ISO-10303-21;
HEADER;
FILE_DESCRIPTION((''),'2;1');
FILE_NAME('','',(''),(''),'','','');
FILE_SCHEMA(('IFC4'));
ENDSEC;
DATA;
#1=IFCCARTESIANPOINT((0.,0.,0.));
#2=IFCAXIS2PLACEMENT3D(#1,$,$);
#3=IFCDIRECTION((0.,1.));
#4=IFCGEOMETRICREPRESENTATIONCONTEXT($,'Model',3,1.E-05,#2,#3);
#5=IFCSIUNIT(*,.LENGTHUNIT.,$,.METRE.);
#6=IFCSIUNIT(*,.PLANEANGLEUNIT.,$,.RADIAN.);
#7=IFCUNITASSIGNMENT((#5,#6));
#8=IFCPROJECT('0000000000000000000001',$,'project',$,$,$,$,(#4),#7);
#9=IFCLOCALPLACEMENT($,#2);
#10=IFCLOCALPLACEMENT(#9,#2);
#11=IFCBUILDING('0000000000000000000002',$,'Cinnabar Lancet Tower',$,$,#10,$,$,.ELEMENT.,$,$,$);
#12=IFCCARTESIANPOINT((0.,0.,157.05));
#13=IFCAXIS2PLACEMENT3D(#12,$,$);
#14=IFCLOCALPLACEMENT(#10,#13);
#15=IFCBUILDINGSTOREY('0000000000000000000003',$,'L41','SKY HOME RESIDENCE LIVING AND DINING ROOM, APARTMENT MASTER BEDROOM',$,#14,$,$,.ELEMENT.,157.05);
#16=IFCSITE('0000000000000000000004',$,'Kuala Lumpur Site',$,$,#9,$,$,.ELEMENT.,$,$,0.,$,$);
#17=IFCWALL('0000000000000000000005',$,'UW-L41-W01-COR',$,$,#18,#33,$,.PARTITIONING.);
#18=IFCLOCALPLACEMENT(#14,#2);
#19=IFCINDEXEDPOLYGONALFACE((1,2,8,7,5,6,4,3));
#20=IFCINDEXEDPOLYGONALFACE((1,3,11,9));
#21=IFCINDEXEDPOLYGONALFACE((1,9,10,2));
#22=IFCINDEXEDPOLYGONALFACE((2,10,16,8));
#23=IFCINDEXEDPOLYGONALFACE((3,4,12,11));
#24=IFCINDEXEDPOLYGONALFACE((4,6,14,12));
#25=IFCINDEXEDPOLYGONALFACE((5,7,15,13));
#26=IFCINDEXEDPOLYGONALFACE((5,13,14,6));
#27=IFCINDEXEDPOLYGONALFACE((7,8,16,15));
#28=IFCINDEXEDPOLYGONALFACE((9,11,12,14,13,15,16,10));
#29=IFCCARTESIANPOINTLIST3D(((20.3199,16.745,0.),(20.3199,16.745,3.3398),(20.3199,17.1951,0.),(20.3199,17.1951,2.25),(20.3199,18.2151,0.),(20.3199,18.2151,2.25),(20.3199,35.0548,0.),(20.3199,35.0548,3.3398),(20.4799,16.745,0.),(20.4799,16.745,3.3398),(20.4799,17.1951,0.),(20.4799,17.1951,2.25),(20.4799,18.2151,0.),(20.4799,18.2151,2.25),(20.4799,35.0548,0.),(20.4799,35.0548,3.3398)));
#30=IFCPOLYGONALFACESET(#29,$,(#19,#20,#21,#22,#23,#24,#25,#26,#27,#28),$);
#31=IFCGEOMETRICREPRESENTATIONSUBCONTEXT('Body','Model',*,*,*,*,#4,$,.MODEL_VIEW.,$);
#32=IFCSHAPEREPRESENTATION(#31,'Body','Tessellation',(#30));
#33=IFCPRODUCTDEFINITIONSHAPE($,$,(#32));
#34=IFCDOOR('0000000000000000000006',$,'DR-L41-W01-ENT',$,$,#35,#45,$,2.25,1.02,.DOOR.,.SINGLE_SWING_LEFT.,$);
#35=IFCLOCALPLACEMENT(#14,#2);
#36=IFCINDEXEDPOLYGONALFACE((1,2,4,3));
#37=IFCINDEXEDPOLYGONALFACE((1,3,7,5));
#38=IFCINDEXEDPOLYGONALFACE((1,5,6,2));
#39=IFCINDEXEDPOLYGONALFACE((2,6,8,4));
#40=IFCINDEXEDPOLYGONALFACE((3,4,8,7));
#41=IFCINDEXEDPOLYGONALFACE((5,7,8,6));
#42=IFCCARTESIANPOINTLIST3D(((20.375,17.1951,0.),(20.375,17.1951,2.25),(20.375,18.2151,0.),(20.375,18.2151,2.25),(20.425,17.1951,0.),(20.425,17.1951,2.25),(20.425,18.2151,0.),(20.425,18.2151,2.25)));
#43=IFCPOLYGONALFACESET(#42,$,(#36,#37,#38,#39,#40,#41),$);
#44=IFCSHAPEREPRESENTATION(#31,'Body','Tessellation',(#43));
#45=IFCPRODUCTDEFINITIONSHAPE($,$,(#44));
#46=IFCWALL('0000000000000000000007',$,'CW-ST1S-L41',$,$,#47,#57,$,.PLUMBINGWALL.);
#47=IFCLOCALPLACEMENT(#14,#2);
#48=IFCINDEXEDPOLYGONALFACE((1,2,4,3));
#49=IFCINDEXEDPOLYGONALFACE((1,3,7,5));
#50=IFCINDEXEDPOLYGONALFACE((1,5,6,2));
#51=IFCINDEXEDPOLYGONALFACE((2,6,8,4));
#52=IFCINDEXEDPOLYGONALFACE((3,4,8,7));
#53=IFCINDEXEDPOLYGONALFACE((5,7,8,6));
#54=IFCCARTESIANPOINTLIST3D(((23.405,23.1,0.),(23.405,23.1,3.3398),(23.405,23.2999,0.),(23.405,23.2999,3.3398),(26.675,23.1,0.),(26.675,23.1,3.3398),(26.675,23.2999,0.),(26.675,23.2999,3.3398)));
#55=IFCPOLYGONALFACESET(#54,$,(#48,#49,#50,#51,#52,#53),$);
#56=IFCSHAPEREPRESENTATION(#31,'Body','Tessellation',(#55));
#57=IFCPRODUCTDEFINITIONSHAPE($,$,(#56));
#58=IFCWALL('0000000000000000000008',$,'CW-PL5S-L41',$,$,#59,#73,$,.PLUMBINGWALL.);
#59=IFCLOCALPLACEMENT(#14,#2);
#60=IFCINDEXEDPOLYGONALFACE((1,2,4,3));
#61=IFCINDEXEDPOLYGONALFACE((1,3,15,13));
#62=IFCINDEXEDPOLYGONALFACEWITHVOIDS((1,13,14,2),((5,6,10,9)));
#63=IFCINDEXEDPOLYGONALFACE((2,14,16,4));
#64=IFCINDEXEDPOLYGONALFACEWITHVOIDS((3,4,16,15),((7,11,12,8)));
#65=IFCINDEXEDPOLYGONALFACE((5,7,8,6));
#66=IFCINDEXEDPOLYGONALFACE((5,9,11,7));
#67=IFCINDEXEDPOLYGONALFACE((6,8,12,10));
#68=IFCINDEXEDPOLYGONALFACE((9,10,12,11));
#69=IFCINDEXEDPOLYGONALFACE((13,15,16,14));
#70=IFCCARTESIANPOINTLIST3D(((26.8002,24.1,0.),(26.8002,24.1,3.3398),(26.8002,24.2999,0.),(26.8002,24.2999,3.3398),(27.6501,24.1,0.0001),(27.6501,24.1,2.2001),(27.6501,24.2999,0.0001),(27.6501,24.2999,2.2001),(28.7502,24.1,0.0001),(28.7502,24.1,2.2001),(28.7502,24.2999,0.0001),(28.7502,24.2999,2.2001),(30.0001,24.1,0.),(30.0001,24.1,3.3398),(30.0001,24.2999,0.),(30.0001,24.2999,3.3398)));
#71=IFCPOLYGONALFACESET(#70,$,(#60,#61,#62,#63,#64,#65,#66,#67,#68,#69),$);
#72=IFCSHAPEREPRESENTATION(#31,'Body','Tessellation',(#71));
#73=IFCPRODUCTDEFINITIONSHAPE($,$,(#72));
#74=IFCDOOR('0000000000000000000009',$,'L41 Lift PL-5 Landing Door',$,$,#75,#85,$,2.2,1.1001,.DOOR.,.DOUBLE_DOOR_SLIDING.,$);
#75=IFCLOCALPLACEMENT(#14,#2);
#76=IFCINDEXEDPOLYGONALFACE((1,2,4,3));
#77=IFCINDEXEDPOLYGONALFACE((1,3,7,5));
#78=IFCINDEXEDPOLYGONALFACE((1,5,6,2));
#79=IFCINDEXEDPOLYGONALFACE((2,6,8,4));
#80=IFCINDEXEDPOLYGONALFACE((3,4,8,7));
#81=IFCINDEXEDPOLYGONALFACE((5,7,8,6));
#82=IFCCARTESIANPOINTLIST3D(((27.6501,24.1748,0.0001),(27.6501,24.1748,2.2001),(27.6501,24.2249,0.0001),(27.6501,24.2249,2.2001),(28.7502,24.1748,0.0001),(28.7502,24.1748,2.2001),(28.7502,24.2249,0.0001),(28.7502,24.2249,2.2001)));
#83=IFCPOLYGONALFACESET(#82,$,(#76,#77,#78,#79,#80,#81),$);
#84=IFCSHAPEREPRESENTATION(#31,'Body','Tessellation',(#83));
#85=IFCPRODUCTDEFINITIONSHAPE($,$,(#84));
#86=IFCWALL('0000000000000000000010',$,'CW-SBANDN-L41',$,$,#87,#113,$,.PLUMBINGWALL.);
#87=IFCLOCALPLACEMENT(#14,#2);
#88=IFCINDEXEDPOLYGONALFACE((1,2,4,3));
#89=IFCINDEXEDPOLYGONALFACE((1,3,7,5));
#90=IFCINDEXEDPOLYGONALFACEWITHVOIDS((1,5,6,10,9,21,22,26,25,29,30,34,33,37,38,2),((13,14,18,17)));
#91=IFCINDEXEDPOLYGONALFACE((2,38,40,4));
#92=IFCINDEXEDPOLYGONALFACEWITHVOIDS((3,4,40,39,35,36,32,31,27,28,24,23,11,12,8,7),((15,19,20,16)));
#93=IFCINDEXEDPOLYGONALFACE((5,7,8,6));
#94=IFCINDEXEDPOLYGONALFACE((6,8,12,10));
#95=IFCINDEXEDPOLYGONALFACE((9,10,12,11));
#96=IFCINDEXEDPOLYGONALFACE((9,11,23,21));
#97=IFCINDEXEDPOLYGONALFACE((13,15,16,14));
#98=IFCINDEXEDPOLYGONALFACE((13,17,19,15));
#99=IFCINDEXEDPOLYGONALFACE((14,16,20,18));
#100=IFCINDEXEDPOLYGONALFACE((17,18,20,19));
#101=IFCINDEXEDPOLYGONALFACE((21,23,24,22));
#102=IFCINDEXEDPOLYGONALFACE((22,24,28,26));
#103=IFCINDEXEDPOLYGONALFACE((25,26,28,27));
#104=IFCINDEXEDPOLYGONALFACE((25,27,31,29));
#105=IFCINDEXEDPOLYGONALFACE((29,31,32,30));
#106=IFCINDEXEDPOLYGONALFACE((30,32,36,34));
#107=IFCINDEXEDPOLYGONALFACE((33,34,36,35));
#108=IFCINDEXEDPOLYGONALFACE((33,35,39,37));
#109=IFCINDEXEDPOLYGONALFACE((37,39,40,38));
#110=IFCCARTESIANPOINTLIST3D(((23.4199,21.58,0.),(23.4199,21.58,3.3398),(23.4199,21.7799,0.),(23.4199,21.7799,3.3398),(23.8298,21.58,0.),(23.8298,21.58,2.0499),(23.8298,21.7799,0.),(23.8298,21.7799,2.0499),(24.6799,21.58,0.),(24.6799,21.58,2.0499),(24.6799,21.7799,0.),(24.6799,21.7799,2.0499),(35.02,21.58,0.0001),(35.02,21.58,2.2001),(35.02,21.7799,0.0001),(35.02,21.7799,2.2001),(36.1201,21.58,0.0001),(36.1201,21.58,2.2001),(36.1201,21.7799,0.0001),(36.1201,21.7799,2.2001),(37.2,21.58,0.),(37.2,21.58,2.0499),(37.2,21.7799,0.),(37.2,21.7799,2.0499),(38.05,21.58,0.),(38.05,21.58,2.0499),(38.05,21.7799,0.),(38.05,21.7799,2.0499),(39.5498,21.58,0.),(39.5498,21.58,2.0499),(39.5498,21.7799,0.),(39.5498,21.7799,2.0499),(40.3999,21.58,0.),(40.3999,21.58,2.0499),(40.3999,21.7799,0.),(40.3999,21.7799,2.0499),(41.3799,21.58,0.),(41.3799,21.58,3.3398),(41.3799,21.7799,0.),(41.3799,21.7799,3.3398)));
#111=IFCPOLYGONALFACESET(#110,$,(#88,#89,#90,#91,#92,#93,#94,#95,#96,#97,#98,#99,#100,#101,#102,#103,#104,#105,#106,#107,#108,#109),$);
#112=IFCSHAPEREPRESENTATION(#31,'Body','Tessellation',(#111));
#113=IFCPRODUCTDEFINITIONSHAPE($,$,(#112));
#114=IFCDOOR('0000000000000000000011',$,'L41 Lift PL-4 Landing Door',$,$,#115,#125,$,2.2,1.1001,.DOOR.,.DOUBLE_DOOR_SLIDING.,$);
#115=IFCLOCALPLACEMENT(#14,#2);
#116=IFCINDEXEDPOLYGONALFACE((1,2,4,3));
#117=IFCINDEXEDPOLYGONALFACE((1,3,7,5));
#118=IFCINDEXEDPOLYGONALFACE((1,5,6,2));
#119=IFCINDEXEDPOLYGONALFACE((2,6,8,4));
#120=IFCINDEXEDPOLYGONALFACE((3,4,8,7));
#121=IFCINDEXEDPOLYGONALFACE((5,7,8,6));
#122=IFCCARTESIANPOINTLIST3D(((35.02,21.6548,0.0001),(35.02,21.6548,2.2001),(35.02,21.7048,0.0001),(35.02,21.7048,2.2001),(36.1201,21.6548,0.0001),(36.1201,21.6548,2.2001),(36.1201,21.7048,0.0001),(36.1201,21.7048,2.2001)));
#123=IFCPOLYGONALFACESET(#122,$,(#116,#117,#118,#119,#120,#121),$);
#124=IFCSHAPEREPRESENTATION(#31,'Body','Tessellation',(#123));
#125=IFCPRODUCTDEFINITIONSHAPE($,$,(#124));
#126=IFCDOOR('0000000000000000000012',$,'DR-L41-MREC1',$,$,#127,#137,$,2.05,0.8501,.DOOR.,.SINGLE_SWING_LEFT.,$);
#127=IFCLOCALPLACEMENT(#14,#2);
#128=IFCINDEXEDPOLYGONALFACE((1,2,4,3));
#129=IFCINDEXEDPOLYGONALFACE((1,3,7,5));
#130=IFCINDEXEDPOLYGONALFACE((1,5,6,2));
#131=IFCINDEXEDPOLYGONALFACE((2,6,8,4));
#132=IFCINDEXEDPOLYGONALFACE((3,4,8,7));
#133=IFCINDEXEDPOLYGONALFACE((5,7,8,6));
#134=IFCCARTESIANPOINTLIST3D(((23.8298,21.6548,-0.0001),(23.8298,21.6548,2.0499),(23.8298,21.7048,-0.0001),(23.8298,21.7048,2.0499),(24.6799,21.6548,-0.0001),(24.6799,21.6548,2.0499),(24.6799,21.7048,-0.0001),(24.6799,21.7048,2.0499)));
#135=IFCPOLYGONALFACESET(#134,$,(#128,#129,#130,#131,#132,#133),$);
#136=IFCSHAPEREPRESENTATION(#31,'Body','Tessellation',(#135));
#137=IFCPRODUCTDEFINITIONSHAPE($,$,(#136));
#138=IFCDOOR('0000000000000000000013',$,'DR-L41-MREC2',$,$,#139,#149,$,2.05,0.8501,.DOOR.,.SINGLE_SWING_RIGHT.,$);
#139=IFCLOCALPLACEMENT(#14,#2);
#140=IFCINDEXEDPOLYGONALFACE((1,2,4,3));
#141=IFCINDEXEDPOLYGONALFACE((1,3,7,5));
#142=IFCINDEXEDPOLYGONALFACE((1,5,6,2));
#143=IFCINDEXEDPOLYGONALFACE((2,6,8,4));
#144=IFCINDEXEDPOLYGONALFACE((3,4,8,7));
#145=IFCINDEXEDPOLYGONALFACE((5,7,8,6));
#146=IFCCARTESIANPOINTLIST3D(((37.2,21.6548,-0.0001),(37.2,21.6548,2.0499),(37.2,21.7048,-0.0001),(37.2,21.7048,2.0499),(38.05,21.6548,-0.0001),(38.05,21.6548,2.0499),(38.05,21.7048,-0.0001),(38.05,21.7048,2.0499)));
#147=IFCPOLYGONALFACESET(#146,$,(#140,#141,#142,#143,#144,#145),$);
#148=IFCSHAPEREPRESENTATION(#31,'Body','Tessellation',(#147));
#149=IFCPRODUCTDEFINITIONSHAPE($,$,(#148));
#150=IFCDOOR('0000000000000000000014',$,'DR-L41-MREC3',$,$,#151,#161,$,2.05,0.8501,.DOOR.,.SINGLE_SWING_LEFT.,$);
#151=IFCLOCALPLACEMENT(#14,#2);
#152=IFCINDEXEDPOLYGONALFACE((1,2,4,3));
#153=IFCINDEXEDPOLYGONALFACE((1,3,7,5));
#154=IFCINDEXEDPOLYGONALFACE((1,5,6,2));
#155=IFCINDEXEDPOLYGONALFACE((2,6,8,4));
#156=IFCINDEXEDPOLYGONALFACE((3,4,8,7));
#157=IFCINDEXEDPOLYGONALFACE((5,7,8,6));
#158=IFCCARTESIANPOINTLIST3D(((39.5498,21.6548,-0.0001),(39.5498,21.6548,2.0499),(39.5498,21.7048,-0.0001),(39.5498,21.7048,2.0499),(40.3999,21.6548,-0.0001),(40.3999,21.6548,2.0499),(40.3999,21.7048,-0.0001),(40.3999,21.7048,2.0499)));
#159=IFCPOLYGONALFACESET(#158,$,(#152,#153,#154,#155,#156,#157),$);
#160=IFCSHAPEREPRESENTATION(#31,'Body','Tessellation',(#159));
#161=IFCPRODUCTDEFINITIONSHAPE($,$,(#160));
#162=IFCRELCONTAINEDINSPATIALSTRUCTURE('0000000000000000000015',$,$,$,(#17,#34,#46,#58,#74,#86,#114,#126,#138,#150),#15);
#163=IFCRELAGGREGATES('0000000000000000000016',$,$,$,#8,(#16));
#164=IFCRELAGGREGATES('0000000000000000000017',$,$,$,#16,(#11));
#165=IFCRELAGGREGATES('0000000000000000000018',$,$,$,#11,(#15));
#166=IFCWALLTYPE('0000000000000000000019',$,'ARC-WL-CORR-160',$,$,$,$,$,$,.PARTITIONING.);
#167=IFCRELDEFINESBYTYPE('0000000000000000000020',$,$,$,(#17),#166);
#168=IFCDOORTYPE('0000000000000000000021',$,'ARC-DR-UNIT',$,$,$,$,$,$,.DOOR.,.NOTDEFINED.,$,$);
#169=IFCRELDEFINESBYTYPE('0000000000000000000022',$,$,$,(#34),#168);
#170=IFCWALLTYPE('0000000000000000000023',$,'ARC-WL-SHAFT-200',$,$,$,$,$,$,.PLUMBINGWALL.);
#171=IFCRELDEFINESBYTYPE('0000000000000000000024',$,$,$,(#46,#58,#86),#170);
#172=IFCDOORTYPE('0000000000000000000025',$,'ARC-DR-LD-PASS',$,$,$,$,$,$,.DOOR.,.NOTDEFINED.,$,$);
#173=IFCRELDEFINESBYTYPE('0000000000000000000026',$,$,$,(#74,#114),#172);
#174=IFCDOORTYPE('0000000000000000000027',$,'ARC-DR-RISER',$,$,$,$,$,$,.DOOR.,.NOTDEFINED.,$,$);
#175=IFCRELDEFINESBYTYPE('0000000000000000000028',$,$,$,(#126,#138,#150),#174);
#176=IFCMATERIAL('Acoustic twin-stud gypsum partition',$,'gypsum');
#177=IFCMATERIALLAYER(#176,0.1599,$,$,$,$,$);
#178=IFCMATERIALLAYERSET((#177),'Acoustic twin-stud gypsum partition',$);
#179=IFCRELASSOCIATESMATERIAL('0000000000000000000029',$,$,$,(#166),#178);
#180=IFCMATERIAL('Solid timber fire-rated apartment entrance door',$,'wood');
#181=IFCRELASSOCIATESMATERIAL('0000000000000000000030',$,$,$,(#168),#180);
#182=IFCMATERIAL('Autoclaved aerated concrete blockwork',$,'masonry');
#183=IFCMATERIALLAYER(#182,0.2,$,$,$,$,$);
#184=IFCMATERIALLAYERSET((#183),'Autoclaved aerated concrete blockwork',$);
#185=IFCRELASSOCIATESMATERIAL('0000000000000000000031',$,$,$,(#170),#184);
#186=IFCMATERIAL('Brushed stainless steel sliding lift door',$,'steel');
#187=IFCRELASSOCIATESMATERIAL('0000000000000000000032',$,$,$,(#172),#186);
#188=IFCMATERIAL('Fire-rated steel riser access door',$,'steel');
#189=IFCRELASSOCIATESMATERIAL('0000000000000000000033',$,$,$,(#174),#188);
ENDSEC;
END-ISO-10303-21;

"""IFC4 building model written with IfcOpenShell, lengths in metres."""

from ifc_helpers import new_model, si_unit, direction, frame, frame_2d, origin, place, context, subcontext, project, spatial, rectangle, extrude, material, layer, layer_set, type_object, element, fill, save


model = new_model("IFC4")

# Units and contexts
model_context = context("Model", 3, precision=1e-05, world=origin(), true_north=direction((0.0, 1.0)))
body_context = subcontext(model_context, "Body", "Model", "MODEL_VIEW")
ifc_project = project(units=[si_unit("LENGTHUNIT", "METRE"), si_unit("PLANEANGLEUNIT", "RADIAN")], contexts=[model_context])

# Site, building, storey
site_placement = place(None, origin())
site = spatial("IfcSite", under=ifc_project, at=site_placement, Name="Kuala Lumpur Site", CompositionType="ELEMENT", RefElevation=0.0)
building_placement = place(site_placement, origin())
building = spatial("IfcBuilding", under=site, at=building_placement, Name="Cinnabar Lancet Tower", CompositionType="ELEMENT")
storey_placement = place(building_placement, frame((0.0, 0.0, 157.05)))
storey = spatial("IfcBuildingStorey", under=building, at=storey_placement, Name="L41", Description="SKY HOME RESIDENCE LIVING AND DINING ROOM, APARTMENT MASTER BEDROOM", CompositionType="ELEMENT", Elevation=157.05)

# Wall, opening, door
ifc_material_1 = material(Name="Acoustic twin-stud gypsum partition", Category="gypsum")
ifc_layer_1 = layer(ifc_material_1, 0.1599)
ifc_layer_set_1 = layer_set([ifc_layer_1], Name="Acoustic twin-stud gypsum partition")
wall_type_1 = type_object("IfcWallType", Name="ARC-WL-CORR-160", PredefinedType="PARTITIONING", material=ifc_layer_set_1)
wall_1_placement = place(storey_placement, frame((20.3999, 16.7451, 0.0), z_axis=(0.0, 0.0, 1.0), x_axis=(0.0, 1.0, 0.0)))
wall_1 = element("IfcWall", 1, at=wall_1_placement, inside=storey, type_object=wall_type_1, Name="UW-L41-W01-COR", PredefinedType="PARTITIONING", context=body_context, shape_type="SweptSolid", body=[
    extrude(rectangle(XDim=18.3098, YDim=0.1599, at=frame_2d((9.1548, 0.0))), origin(), (0.0, 0.0, 1.0), 3.3398),
])
opening_1_placement = place(wall_1_placement, frame((0.45, 0.0, 0.0)))
opening_1 = element("IfcOpeningElement", 2, at=opening_1_placement, cuts=wall_1, PredefinedType="OPENING", context=body_context, shape_type="SweptSolid", body=[
    extrude(rectangle(XDim=1.02, YDim=2.25, at=frame_2d((0.51, 1.125))), frame((0.0, 0.0898, 0.0), z_axis=(0.0, -1.0, 0.0), x_axis=(1.0, 0.0, 0.0)), (0.0, 0.0, 1.0), 0.1799),
])
ifc_material_2 = material(Name="Solid timber fire-rated apartment entrance door", Category="wood")
door_type_1 = type_object("IfcDoorType", Name="ARC-DR-UNIT", OperationType="NOTDEFINED", PredefinedType="DOOR", material=ifc_material_2)
door_1_placement = place(opening_1_placement, origin())
door_1 = element("IfcDoor", 3, at=door_1_placement, inside=storey, type_object=door_type_1, Name="DR-L41-W01-ENT", OperationType="SINGLE_SWING_LEFT", OverallHeight=2.25, OverallWidth=1.02, PredefinedType="DOOR", context=body_context, shape_type="SweptSolid", body=[
    extrude(rectangle(XDim=1.02, YDim=2.25, at=frame_2d((0.51, 1.125))), frame((0.0, 0.0249, 0.0), z_axis=(0.0, -1.0, 0.0), x_axis=(1.0, 0.0, 0.0)), (0.0, 0.0, 1.0), 0.05),
])
fill(opening_1, door_1)

# Wall
ifc_material_3 = material(Name="Autoclaved aerated concrete blockwork", Category="masonry")
ifc_layer_2 = layer(ifc_material_3, 0.2)
ifc_layer_set_2 = layer_set([ifc_layer_2], Name="Autoclaved aerated concrete blockwork")
wall_type_2 = type_object("IfcWallType", Name="ARC-WL-SHAFT-200", PredefinedType="PLUMBINGWALL", material=ifc_layer_set_2)
wall_2_placement = place(storey_placement, frame((23.405, 23.2, 0.0), z_axis=(0.0, 0.0, 1.0), x_axis=(1.0, 0.0, 0.0)))
element("IfcWall", 4, at=wall_2_placement, inside=storey, type_object=wall_type_2, Name="CW-ST1S-L41", PredefinedType="PLUMBINGWALL", context=body_context, shape_type="SweptSolid", body=[
    extrude(rectangle(XDim=3.27, YDim=0.2, at=frame_2d((1.635, 0.0))), origin(), (0.0, 0.0, 1.0), 3.3398),
])

# Wall, opening, door
wall_3_placement = place(storey_placement, frame((26.8, 24.2, 0.0), z_axis=(0.0, 0.0, 1.0), x_axis=(1.0, 0.0, 0.0)))
wall_3 = element("IfcWall", 5, at=wall_3_placement, inside=storey, type_object=wall_type_2, Name="CW-PL5S-L41", PredefinedType="PLUMBINGWALL", context=body_context, shape_type="SweptSolid", body=[
    extrude(rectangle(XDim=3.2, YDim=0.2, at=frame_2d((1.6001, 0.0))), origin(), (0.0, 0.0, 1.0), 3.3398),
])
opening_2_placement = place(wall_3_placement, frame((0.8501, 0.0, 0.0)))
opening_2 = element("IfcOpeningElement", 6, at=opening_2_placement, cuts=wall_3, PredefinedType="OPENING", context=body_context, shape_type="SweptSolid", body=[
    extrude(rectangle(XDim=1.1001, YDim=2.2, at=frame_2d((0.55, 1.1001))), frame((0.0, 0.1099, 0.0), z_axis=(0.0, -1.0, 0.0), x_axis=(1.0, 0.0, 0.0)), (0.0, 0.0, 1.0), 0.22),
])
ifc_material_4 = material(Name="Brushed stainless steel sliding lift door", Category="steel")
door_type_2 = type_object("IfcDoorType", Name="ARC-DR-LD-PASS", OperationType="NOTDEFINED", PredefinedType="DOOR", material=ifc_material_4)
door_2_placement = place(opening_2_placement, origin())
door_2 = element("IfcDoor", 7, at=door_2_placement, inside=storey, type_object=door_type_2, Name="L41 Lift PL-5 Landing Door", OperationType="DOUBLE_DOOR_SLIDING", OverallHeight=2.2, OverallWidth=1.1001, PredefinedType="DOOR", context=body_context, shape_type="SweptSolid", body=[
    extrude(rectangle(XDim=1.1001, YDim=2.2, at=frame_2d((0.55, 1.1001))), frame((0.0, 0.0249, 0.0), z_axis=(0.0, -1.0, 0.0), x_axis=(1.0, 0.0, 0.0)), (0.0, 0.0, 1.0), 0.05),
])
fill(opening_2, door_2)

# Wall, openings, doors
wall_4_placement = place(storey_placement, frame((23.4199, 21.6799, 0.0), z_axis=(0.0, 0.0, 1.0), x_axis=(1.0, 0.0, 0.0)))
wall_4 = element("IfcWall", 8, at=wall_4_placement, inside=storey, type_object=wall_type_2, Name="CW-SBANDN-L41", PredefinedType="PLUMBINGWALL", context=body_context, shape_type="SweptSolid", body=[
    extrude(rectangle(XDim=17.96, YDim=0.2, at=frame_2d((8.98, 0.0))), origin(), (0.0, 0.0, 1.0), 3.3398),
])
opening_3_placement = place(wall_4_placement, frame((11.6001, 0.0, 0.0)))
opening_3 = element("IfcOpeningElement", 9, at=opening_3_placement, cuts=wall_4, PredefinedType="OPENING", context=body_context, shape_type="SweptSolid", body=[
    extrude(rectangle(XDim=1.1001, YDim=2.2, at=frame_2d((0.55, 1.1001))), frame((0.0, 0.1099, 0.0), z_axis=(0.0, -1.0, 0.0), x_axis=(1.0, 0.0, 0.0)), (0.0, 0.0, 1.0), 0.22),
])
opening_4_placement = place(wall_4_placement, frame((0.4099, 0.0, 0.0)))
opening_4 = element("IfcOpeningElement", 10, at=opening_4_placement, cuts=wall_4, PredefinedType="OPENING", context=body_context, shape_type="SweptSolid", body=[
    extrude(rectangle(XDim=0.8501, YDim=2.05, at=frame_2d((0.425, 1.0249))), frame((0.0, 0.1099, 0.0), z_axis=(0.0, -1.0, 0.0), x_axis=(1.0, 0.0, 0.0)), (0.0, 0.0, 1.0), 0.22),
])
opening_5_placement = place(wall_4_placement, frame((13.78, 0.0, 0.0)))
opening_5 = element("IfcOpeningElement", 11, at=opening_5_placement, cuts=wall_4, PredefinedType="OPENING", context=body_context, shape_type="SweptSolid", body=[
    extrude(rectangle(XDim=0.8501, YDim=2.05, at=frame_2d((0.425, 1.0249))), frame((0.0, 0.1099, 0.0), z_axis=(0.0, -1.0, 0.0), x_axis=(1.0, 0.0, 0.0)), (0.0, 0.0, 1.0), 0.22),
])
opening_6_placement = place(wall_4_placement, frame((16.1299, 0.0, 0.0)))
opening_6 = element("IfcOpeningElement", 12, at=opening_6_placement, cuts=wall_4, PredefinedType="OPENING", context=body_context, shape_type="SweptSolid", body=[
    extrude(rectangle(XDim=0.8501, YDim=2.05, at=frame_2d((0.425, 1.0249))), frame((0.0, 0.1099, 0.0), z_axis=(0.0, -1.0, 0.0), x_axis=(1.0, 0.0, 0.0)), (0.0, 0.0, 1.0), 0.22),
])
door_3_placement = place(opening_3_placement, origin())
door_3 = element("IfcDoor", 13, at=door_3_placement, inside=storey, type_object=door_type_2, Name="L41 Lift PL-4 Landing Door", OperationType="DOUBLE_DOOR_SLIDING", OverallHeight=2.2, OverallWidth=1.1001, PredefinedType="DOOR", context=body_context, shape_type="SweptSolid", body=[
    extrude(rectangle(XDim=1.1001, YDim=2.2, at=frame_2d((0.55, 1.1001))), frame((0.0, 0.0249, 0.0), z_axis=(0.0, -1.0, 0.0), x_axis=(1.0, 0.0, 0.0)), (0.0, 0.0, 1.0), 0.05),
])
fill(opening_3, door_3)
ifc_material_5 = material(Name="Fire-rated steel riser access door", Category="steel")
door_type_3 = type_object("IfcDoorType", Name="ARC-DR-RISER", OperationType="NOTDEFINED", PredefinedType="DOOR", material=ifc_material_5)
door_4_placement = place(opening_4_placement, origin())
door_4 = element("IfcDoor", 14, at=door_4_placement, inside=storey, type_object=door_type_3, Name="DR-L41-MREC1", OperationType="SINGLE_SWING_LEFT", OverallHeight=2.05, OverallWidth=0.8501, PredefinedType="DOOR", context=body_context, shape_type="SweptSolid", body=[
    extrude(rectangle(XDim=0.8501, YDim=2.05, at=frame_2d((0.425, 1.0249))), frame((0.0, 0.0249, 0.0), z_axis=(0.0, -1.0, 0.0), x_axis=(1.0, 0.0, 0.0)), (0.0, 0.0, 1.0), 0.05),
])
fill(opening_4, door_4)
door_5_placement = place(opening_5_placement, origin())
door_5 = element("IfcDoor", 15, at=door_5_placement, inside=storey, type_object=door_type_3, Name="DR-L41-MREC2", OperationType="SINGLE_SWING_RIGHT", OverallHeight=2.05, OverallWidth=0.8501, PredefinedType="DOOR", context=body_context, shape_type="SweptSolid", body=[
    extrude(rectangle(XDim=0.8501, YDim=2.05, at=frame_2d((0.425, 1.0249))), frame((0.0, 0.0249, 0.0), z_axis=(0.0, -1.0, 0.0), x_axis=(1.0, 0.0, 0.0)), (0.0, 0.0, 1.0), 0.05),
])
fill(opening_5, door_5)
door_6_placement = place(opening_6_placement, origin())
door_6 = element("IfcDoor", 16, at=door_6_placement, inside=storey, type_object=door_type_3, Name="DR-L41-MREC3", OperationType="SINGLE_SWING_LEFT", OverallHeight=2.05, OverallWidth=0.8501, PredefinedType="DOOR", context=body_context, shape_type="SweptSolid", body=[
    extrude(rectangle(XDim=0.8501, YDim=2.05, at=frame_2d((0.425, 1.0249))), frame((0.0, 0.0249, 0.0), z_axis=(0.0, -1.0, 0.0), x_axis=(1.0, 0.0, 0.0)), (0.0, 0.0, 1.0), 0.05),
])
fill(opening_6, door_6)

save(model, "model.ifc")
